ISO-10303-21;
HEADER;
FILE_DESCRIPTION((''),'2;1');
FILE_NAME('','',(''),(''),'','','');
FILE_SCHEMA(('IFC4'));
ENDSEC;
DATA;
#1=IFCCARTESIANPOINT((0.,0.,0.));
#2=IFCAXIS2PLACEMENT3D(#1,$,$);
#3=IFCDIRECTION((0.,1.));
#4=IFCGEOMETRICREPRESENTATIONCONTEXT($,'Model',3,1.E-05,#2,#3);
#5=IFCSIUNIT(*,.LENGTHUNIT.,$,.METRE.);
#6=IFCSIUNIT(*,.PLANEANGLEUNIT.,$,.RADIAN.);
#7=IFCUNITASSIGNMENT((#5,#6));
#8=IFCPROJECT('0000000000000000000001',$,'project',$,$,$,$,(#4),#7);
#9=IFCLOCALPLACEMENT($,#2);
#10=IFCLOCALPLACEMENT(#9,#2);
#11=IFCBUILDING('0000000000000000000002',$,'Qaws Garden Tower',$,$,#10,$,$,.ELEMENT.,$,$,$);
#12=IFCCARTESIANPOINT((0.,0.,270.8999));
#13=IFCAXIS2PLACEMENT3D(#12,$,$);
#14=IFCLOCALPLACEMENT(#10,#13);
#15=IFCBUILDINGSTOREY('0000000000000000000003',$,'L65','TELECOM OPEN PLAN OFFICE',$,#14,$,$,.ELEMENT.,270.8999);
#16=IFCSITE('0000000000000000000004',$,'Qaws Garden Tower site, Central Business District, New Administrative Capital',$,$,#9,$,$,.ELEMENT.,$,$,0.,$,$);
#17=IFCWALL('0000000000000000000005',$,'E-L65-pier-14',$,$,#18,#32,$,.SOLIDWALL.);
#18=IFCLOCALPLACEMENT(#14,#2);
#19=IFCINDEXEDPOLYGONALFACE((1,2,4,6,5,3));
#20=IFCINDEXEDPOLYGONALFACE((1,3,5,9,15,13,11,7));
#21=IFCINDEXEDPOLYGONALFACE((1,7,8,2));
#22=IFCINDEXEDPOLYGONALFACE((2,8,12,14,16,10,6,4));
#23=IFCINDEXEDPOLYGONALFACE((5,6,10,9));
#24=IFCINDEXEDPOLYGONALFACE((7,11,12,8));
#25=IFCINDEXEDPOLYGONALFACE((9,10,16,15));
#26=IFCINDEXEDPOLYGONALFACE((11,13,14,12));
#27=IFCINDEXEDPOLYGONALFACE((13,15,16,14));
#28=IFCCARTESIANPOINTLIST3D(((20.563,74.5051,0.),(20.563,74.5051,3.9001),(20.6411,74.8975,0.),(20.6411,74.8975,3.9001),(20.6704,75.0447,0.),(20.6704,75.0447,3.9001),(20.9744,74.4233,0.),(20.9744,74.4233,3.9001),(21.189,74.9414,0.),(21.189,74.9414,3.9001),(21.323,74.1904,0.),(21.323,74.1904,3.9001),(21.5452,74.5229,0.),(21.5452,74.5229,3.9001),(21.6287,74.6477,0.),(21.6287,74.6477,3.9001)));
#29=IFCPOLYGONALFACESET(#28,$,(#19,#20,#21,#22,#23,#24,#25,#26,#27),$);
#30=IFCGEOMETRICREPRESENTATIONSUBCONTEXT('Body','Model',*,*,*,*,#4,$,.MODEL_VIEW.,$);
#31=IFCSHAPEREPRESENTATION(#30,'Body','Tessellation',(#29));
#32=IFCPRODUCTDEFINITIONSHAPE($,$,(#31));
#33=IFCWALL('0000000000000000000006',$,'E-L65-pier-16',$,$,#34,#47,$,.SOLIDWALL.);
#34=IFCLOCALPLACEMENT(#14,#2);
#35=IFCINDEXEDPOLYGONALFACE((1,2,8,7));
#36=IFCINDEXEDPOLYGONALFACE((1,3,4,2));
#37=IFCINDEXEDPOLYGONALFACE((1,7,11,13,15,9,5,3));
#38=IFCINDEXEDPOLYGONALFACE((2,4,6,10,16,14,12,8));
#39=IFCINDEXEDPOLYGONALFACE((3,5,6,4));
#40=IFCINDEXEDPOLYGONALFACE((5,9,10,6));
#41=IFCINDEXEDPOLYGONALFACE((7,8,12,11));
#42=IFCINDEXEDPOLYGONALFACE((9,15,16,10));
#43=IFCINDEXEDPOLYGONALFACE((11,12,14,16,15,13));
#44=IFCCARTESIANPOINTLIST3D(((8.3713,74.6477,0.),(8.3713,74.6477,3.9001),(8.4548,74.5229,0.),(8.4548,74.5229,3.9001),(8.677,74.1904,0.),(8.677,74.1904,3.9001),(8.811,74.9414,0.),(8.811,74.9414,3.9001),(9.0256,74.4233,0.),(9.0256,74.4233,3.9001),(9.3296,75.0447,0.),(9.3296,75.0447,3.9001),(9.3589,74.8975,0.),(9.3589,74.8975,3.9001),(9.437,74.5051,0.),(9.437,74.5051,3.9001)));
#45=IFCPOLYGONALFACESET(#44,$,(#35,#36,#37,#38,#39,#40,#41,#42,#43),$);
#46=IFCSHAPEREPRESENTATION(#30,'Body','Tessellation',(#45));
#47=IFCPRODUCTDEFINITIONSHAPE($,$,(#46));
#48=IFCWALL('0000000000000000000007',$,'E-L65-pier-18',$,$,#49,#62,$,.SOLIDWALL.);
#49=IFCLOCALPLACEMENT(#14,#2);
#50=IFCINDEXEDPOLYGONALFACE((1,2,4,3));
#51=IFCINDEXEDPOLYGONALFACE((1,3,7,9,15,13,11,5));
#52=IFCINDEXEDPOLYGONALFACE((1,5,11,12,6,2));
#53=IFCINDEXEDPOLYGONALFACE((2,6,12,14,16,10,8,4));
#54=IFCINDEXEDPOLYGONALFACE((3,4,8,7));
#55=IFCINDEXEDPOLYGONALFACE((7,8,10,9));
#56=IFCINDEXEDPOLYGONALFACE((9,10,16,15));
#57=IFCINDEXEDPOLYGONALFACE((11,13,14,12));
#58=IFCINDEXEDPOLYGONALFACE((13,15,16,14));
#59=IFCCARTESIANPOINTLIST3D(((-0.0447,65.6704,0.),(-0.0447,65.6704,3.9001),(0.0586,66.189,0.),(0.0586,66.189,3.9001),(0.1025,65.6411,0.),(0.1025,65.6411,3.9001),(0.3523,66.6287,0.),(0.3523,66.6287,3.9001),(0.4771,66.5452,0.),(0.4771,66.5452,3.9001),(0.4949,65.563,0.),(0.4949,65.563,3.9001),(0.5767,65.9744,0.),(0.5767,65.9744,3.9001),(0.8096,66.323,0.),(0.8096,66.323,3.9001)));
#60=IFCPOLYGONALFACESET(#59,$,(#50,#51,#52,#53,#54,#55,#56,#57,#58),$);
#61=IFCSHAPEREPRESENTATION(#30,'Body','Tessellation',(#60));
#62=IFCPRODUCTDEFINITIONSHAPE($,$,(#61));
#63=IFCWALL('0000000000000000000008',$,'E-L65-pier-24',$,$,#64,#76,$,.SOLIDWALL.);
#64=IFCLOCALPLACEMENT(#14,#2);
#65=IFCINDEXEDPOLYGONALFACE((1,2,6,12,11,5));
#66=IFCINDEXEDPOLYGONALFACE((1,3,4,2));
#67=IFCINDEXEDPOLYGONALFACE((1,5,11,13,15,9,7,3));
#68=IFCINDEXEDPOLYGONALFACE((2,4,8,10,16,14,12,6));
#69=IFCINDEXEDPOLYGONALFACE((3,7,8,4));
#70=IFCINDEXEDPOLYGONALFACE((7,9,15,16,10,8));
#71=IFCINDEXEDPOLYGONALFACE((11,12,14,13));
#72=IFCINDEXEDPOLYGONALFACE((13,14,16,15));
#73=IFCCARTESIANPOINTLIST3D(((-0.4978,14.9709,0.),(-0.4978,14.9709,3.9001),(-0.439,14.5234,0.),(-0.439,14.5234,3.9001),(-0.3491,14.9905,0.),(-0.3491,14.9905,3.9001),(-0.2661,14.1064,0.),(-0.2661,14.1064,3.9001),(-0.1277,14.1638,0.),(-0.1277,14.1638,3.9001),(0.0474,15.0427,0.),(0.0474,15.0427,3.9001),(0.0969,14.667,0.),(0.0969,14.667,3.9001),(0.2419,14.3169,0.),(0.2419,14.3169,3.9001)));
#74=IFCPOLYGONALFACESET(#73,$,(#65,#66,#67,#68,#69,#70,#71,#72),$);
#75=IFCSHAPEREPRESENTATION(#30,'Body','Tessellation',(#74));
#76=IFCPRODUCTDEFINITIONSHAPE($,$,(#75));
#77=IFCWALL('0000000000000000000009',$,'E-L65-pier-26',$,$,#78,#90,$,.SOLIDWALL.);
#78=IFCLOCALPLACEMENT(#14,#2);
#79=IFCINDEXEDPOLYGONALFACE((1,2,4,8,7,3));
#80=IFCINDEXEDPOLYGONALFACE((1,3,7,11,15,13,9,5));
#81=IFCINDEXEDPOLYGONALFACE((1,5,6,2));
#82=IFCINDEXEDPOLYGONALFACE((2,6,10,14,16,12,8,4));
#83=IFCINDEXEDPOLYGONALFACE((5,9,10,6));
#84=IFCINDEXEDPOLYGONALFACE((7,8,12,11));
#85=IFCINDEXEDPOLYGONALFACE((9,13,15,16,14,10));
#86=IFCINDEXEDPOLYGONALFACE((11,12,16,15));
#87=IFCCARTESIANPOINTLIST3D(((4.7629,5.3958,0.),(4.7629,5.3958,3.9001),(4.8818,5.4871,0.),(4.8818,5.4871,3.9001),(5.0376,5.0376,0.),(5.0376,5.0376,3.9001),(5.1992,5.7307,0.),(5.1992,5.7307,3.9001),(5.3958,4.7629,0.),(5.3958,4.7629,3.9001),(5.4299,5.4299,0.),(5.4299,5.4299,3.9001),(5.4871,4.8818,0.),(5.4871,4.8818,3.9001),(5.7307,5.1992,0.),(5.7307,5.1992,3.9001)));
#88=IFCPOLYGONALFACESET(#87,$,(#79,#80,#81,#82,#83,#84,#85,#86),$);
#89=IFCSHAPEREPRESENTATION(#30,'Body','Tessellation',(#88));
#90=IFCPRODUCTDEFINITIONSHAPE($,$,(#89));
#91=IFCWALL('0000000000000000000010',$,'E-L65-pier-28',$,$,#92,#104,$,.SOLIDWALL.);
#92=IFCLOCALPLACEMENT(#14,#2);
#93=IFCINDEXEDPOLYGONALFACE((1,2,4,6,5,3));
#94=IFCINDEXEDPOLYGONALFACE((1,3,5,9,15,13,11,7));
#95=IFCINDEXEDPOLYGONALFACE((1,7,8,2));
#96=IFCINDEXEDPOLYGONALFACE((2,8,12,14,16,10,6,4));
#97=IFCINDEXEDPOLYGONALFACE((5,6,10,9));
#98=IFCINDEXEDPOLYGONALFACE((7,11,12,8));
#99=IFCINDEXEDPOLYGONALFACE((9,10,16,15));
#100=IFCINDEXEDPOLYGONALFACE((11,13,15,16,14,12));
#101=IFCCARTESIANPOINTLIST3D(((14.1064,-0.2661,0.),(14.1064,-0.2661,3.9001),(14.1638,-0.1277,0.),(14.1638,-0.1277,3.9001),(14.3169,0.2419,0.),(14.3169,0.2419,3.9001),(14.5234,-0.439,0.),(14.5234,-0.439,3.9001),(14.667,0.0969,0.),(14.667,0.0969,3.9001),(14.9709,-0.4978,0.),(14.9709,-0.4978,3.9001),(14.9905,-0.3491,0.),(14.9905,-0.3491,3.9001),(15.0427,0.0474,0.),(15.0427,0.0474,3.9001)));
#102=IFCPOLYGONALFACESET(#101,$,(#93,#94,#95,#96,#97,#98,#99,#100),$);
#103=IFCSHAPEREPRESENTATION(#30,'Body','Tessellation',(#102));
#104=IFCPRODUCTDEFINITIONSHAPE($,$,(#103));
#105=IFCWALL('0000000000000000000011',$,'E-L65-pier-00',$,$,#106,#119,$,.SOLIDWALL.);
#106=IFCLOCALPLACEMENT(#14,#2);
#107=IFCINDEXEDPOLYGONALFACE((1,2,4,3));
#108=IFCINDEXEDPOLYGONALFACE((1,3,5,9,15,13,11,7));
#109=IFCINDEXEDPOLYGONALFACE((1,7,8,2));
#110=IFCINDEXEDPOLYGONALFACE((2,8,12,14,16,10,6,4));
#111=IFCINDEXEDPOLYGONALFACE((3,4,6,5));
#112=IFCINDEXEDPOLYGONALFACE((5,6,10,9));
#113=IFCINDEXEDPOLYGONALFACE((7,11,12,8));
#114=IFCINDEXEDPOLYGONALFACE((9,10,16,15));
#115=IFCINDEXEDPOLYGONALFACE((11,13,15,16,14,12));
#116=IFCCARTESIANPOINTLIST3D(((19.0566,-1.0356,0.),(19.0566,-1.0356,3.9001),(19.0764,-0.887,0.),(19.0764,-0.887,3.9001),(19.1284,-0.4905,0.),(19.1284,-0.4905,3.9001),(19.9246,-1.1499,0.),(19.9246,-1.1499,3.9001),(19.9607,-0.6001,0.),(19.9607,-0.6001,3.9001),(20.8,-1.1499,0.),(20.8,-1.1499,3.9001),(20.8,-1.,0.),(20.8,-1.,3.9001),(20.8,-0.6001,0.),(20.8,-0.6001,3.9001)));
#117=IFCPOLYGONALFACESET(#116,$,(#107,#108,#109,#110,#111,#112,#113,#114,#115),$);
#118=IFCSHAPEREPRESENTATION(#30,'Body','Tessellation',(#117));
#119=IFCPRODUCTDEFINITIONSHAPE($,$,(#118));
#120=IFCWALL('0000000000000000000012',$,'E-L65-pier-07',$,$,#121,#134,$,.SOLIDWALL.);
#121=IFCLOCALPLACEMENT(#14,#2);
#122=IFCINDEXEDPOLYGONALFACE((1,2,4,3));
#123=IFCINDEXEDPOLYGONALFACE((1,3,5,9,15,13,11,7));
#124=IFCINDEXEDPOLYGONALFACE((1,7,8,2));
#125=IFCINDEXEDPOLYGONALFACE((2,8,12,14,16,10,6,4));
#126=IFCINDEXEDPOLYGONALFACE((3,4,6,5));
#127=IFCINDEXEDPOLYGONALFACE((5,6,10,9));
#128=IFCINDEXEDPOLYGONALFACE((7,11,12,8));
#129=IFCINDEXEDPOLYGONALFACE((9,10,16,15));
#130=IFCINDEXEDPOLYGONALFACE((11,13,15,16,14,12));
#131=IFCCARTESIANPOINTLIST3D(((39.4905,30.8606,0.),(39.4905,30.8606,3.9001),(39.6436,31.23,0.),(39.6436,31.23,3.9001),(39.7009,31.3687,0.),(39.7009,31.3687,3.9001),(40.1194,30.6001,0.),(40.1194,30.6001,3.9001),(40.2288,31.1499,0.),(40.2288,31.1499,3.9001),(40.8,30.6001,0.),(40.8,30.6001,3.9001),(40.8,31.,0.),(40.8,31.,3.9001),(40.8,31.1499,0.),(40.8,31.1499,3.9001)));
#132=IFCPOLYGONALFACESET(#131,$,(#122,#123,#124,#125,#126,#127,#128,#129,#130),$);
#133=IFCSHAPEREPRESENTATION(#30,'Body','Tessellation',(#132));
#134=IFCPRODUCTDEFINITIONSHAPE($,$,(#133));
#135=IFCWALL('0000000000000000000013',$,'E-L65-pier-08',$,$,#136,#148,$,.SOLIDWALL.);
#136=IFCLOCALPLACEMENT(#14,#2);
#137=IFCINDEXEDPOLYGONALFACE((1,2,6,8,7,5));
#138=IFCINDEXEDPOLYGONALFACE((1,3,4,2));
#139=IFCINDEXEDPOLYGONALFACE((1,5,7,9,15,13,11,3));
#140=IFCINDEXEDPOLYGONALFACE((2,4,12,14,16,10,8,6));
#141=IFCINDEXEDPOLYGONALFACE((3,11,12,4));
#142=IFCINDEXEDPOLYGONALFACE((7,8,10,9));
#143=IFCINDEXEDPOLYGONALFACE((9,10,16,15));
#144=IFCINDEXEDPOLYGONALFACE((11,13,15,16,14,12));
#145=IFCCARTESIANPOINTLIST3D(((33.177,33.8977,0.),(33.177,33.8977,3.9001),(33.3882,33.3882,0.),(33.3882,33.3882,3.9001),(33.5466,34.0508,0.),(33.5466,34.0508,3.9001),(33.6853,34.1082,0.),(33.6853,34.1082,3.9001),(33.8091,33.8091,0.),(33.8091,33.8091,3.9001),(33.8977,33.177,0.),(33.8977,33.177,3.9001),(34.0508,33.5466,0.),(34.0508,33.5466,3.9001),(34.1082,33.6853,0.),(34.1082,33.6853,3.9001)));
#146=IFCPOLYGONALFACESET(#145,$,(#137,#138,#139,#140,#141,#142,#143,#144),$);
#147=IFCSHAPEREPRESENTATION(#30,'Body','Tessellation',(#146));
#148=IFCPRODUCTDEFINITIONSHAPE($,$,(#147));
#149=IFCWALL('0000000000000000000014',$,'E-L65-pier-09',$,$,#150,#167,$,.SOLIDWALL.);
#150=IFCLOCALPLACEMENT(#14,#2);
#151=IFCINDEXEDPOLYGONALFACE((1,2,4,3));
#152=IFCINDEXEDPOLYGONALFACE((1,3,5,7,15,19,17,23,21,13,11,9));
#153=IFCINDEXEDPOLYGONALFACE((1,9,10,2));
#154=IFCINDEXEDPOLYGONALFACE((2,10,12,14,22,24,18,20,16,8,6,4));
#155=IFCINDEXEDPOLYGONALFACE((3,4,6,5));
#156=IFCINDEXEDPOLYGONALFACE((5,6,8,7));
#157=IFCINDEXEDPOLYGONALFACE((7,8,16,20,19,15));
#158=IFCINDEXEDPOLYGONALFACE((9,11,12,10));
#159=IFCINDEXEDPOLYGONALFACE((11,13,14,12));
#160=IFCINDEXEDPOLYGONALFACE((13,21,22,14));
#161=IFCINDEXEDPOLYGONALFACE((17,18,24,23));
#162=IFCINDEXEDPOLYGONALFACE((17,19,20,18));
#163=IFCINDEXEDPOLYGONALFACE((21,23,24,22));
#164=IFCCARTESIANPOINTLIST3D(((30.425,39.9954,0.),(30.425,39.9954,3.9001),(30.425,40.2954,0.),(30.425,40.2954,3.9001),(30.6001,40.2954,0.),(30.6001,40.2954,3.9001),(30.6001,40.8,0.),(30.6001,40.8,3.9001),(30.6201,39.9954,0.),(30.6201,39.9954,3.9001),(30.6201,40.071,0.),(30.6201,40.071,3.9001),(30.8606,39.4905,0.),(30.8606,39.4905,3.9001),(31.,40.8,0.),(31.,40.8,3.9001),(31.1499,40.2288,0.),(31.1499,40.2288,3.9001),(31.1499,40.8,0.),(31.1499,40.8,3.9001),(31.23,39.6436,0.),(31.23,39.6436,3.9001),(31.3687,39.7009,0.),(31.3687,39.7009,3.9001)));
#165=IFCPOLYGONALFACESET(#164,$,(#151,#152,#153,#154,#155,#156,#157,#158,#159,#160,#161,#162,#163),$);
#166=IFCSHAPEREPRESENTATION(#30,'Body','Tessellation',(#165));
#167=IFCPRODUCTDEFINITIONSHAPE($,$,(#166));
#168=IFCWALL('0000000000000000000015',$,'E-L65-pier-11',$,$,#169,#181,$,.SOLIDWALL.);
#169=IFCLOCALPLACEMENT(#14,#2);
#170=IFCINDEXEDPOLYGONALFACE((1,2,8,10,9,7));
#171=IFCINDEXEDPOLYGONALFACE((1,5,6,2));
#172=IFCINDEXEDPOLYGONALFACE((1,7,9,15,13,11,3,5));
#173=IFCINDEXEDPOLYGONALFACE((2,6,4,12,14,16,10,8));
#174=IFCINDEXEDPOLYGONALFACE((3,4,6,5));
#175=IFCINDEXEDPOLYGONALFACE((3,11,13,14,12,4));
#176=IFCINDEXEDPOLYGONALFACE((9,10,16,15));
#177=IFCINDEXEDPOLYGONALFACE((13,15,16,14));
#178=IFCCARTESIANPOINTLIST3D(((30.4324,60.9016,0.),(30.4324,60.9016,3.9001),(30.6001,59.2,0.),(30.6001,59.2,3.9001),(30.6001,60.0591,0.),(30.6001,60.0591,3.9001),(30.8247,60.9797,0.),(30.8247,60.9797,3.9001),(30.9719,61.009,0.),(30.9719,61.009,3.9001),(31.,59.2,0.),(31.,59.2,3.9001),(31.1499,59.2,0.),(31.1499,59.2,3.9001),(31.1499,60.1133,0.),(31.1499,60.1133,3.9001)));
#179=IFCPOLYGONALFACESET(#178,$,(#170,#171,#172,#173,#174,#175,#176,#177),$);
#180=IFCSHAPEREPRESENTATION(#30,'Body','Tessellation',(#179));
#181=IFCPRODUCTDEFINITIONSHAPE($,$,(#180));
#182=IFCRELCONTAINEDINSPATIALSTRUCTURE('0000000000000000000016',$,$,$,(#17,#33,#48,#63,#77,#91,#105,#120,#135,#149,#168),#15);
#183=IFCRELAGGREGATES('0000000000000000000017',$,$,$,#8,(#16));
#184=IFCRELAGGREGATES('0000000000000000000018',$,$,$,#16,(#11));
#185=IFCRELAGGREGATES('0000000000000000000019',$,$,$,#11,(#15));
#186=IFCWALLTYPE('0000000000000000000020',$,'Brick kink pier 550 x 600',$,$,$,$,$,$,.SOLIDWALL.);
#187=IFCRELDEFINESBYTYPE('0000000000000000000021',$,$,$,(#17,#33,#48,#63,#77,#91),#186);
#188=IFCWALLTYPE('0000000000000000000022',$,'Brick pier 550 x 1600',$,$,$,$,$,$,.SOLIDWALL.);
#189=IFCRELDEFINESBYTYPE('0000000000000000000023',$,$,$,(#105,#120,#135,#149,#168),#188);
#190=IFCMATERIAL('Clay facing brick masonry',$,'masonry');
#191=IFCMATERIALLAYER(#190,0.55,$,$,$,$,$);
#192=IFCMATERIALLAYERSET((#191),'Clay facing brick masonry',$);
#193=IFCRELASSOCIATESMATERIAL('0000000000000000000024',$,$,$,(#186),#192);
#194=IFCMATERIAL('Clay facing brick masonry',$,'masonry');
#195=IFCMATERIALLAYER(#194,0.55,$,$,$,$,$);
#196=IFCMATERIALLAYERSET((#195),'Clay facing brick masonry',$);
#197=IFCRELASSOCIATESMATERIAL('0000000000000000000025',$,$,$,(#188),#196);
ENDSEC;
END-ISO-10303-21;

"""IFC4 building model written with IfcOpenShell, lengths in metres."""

from ifc_helpers import new_model, si_unit, direction, frame, origin, place, context, subcontext, project, spatial, polyline, outline, extrude, material, layer, layer_set, type_object, element, save


model = new_model("IFC4")

# Units and contexts
model_context = context("Model", 3, precision=1e-05, world=origin(), true_north=direction((0.0, 1.0)))
body_context = subcontext(model_context, "Body", "Model", "MODEL_VIEW")
ifc_project = project(units=[si_unit("LENGTHUNIT", "METRE"), si_unit("PLANEANGLEUNIT", "RADIAN")], contexts=[model_context])

# Site, building, storey
site_placement = place(None, origin())
site = spatial("IfcSite", under=ifc_project, at=site_placement, Name="Qaws Garden Tower site, Central Business District, New Administrative Capital", CompositionType="ELEMENT", RefElevation=0.0)
building_placement = place(site_placement, origin())
building = spatial("IfcBuilding", under=site, at=building_placement, Name="Qaws Garden Tower", CompositionType="ELEMENT")
storey_placement = place(building_placement, frame((0.0, 0.0, 270.8999)))
storey = spatial("IfcBuildingStorey", under=building, at=storey_placement, Name="L65", Description="TELECOM OPEN PLAN OFFICE", CompositionType="ELEMENT", Elevation=270.8999)

# Walls
placement = place(storey_placement, origin())
ifc_material_1 = material(Name="Clay facing brick masonry", Category="masonry")
ifc_layer_1 = layer(ifc_material_1, 0.55)
ifc_layer_set_1 = layer_set([ifc_layer_1], Name="Clay facing brick masonry")
wall_type_1 = type_object("IfcWallType", Name="Brick kink pier 550 x 600", PredefinedType="SOLIDWALL", material=ifc_layer_set_1)
element("IfcWall", 1, at=placement, inside=storey, type_object=wall_type_1, Name="E-L65-pier-14", PredefinedType="SOLIDWALL", context=body_context, shape_type="SweptSolid", body=[
    extrude(outline(polyline([(21.5452, 74.5229), (21.6287, 74.6477), (21.189, 74.9414), (20.6704, 75.0447), (20.6411, 74.8975), (20.563, 74.5051), (20.9744, 74.4233), (21.323, 74.1904), (21.5452, 74.5229)])), origin(), (0.0, 0.0, 1.0), 3.9001),
])
element("IfcWall", 2, at=placement, inside=storey, type_object=wall_type_1, Name="E-L65-pier-16", PredefinedType="SOLIDWALL", context=body_context, shape_type="SweptSolid", body=[
    extrude(outline(polyline([(9.3589, 74.8975), (9.3296, 75.0447), (8.811, 74.9414), (8.3713, 74.6477), (8.4548, 74.5229), (8.677, 74.1904), (9.0256, 74.4233), (9.437, 74.5051), (9.3589, 74.8975)])), origin(), (0.0, 0.0, 1.0), 3.9001),
])
element("IfcWall", 3, at=placement, inside=storey, type_object=wall_type_1, Name="E-L65-pier-18", PredefinedType="SOLIDWALL", context=body_context, shape_type="SweptSolid", body=[
    extrude(outline(polyline([(0.4771, 66.5452), (0.3523, 66.6287), (0.0586, 66.189), (-0.0447, 65.6704), (0.1025, 65.6411), (0.4949, 65.563), (0.5767, 65.9744), (0.8096, 66.323), (0.4771, 66.5452)])), origin(), (0.0, 0.0, 1.0), 3.9001),
])
element("IfcWall", 4, at=placement, inside=storey, type_object=wall_type_1, Name="E-L65-pier-24", PredefinedType="SOLIDWALL", context=body_context, shape_type="SweptSolid", body=[
    extrude(outline(polyline([(-0.3491, 14.9905), (-0.4978, 14.9709), (-0.439, 14.5234), (-0.2661, 14.1064), (-0.1277, 14.1638), (0.2419, 14.3169), (0.0969, 14.667), (0.0474, 15.0427), (-0.3491, 14.9905)])), origin(), (0.0, 0.0, 1.0), 3.9001),
])
element("IfcWall", 5, at=placement, inside=storey, type_object=wall_type_1, Name="E-L65-pier-26", PredefinedType="SOLIDWALL", context=body_context, shape_type="SweptSolid", body=[
    extrude(outline(polyline([(4.8818, 5.4871), (4.7629, 5.3958), (5.0376, 5.0376), (5.3958, 4.7629), (5.4871, 4.8818), (5.7307, 5.1992), (5.4299, 5.4299), (5.1992, 5.7307), (4.8818, 5.4871)])), origin(), (0.0, 0.0, 1.0), 3.9001),
])
element("IfcWall", 6, at=placement, inside=storey, type_object=wall_type_1, Name="E-L65-pier-28", PredefinedType="SOLIDWALL", context=body_context, shape_type="SweptSolid", body=[
    extrude(outline(polyline([(14.1638, -0.1277), (14.1064, -0.2661), (14.5234, -0.439), (14.9709, -0.4978), (14.9905, -0.3491), (15.0427, 0.0474), (14.667, 0.0969), (14.3169, 0.2419), (14.1638, -0.1277)])), origin(), (0.0, 0.0, 1.0), 3.9001),
])
ifc_material_2 = material(Name="Clay facing brick masonry", Category="masonry")
ifc_layer_2 = layer(ifc_material_2, 0.55)
ifc_layer_set_2 = layer_set([ifc_layer_2], Name="Clay facing brick masonry")
wall_type_2 = type_object("IfcWallType", Name="Brick pier 550 x 1600", PredefinedType="SOLIDWALL", material=ifc_layer_set_2)
element("IfcWall", 7, at=placement, inside=storey, type_object=wall_type_2, Name="E-L65-pier-00", PredefinedType="SOLIDWALL", context=body_context, shape_type="SweptSolid", body=[
    extrude(outline(polyline([(19.0764, -0.887), (19.0566, -1.0356), (19.9246, -1.1499), (20.8, -1.1499), (20.8, -1.0), (20.8, -0.6001), (19.9607, -0.6001), (19.1284, -0.4905), (19.0764, -0.887)])), origin(), (0.0, 0.0, 1.0), 3.9001),
])
element("IfcWall", 8, at=placement, inside=storey, type_object=wall_type_2, Name="E-L65-pier-07", PredefinedType="SOLIDWALL", context=body_context, shape_type="SweptSolid", body=[
    extrude(outline(polyline([(40.8, 31.0), (40.8, 31.1499), (40.2288, 31.1499), (39.7009, 31.3687), (39.6436, 31.23), (39.4905, 30.8606), (40.1194, 30.6001), (40.8, 30.6001), (40.8, 31.0)])), origin(), (0.0, 0.0, 1.0), 3.9001),
])
element("IfcWall", 9, at=placement, inside=storey, type_object=wall_type_2, Name="E-L65-pier-08", PredefinedType="SOLIDWALL", context=body_context, shape_type="SweptSolid", body=[
    extrude(outline(polyline([(34.0508, 33.5466), (34.1082, 33.6853), (33.8091, 33.8091), (33.6853, 34.1082), (33.5466, 34.0508), (33.177, 33.8977), (33.3882, 33.3882), (33.8977, 33.177), (34.0508, 33.5466)])), origin(), (0.0, 0.0, 1.0), 3.9001),
])
element("IfcWall", 10, at=placement, inside=storey, type_object=wall_type_2, Name="E-L65-pier-09", PredefinedType="SOLIDWALL", context=body_context, shape_type="SweptSolid", body=[
    extrude(outline(polyline([(30.6201, 39.9954), (30.6201, 40.071), (30.8606, 39.4905), (31.23, 39.6436), (31.3687, 39.7009), (31.1499, 40.2288), (31.1499, 40.8), (31.0, 40.8), (30.6001, 40.8), (30.6001, 40.2954), (30.425, 40.2954), (30.425, 39.9954), (30.6201, 39.9954)])), origin(), (0.0, 0.0, 1.0), 3.9001),
])
element("IfcWall", 11, at=placement, inside=storey, type_object=wall_type_2, Name="E-L65-pier-11", PredefinedType="SOLIDWALL", context=body_context, shape_type="SweptSolid", body=[
    extrude(outline(polyline([(31.0, 59.2), (31.1499, 59.2), (31.1499, 60.1133), (30.9719, 61.009), (30.8247, 60.9797), (30.4324, 60.9016), (30.6001, 60.0591), (30.6001, 59.2), (31.0, 59.2)])), origin(), (0.0, 0.0, 1.0), 3.9001),
])

save(model, "model.ifc")
